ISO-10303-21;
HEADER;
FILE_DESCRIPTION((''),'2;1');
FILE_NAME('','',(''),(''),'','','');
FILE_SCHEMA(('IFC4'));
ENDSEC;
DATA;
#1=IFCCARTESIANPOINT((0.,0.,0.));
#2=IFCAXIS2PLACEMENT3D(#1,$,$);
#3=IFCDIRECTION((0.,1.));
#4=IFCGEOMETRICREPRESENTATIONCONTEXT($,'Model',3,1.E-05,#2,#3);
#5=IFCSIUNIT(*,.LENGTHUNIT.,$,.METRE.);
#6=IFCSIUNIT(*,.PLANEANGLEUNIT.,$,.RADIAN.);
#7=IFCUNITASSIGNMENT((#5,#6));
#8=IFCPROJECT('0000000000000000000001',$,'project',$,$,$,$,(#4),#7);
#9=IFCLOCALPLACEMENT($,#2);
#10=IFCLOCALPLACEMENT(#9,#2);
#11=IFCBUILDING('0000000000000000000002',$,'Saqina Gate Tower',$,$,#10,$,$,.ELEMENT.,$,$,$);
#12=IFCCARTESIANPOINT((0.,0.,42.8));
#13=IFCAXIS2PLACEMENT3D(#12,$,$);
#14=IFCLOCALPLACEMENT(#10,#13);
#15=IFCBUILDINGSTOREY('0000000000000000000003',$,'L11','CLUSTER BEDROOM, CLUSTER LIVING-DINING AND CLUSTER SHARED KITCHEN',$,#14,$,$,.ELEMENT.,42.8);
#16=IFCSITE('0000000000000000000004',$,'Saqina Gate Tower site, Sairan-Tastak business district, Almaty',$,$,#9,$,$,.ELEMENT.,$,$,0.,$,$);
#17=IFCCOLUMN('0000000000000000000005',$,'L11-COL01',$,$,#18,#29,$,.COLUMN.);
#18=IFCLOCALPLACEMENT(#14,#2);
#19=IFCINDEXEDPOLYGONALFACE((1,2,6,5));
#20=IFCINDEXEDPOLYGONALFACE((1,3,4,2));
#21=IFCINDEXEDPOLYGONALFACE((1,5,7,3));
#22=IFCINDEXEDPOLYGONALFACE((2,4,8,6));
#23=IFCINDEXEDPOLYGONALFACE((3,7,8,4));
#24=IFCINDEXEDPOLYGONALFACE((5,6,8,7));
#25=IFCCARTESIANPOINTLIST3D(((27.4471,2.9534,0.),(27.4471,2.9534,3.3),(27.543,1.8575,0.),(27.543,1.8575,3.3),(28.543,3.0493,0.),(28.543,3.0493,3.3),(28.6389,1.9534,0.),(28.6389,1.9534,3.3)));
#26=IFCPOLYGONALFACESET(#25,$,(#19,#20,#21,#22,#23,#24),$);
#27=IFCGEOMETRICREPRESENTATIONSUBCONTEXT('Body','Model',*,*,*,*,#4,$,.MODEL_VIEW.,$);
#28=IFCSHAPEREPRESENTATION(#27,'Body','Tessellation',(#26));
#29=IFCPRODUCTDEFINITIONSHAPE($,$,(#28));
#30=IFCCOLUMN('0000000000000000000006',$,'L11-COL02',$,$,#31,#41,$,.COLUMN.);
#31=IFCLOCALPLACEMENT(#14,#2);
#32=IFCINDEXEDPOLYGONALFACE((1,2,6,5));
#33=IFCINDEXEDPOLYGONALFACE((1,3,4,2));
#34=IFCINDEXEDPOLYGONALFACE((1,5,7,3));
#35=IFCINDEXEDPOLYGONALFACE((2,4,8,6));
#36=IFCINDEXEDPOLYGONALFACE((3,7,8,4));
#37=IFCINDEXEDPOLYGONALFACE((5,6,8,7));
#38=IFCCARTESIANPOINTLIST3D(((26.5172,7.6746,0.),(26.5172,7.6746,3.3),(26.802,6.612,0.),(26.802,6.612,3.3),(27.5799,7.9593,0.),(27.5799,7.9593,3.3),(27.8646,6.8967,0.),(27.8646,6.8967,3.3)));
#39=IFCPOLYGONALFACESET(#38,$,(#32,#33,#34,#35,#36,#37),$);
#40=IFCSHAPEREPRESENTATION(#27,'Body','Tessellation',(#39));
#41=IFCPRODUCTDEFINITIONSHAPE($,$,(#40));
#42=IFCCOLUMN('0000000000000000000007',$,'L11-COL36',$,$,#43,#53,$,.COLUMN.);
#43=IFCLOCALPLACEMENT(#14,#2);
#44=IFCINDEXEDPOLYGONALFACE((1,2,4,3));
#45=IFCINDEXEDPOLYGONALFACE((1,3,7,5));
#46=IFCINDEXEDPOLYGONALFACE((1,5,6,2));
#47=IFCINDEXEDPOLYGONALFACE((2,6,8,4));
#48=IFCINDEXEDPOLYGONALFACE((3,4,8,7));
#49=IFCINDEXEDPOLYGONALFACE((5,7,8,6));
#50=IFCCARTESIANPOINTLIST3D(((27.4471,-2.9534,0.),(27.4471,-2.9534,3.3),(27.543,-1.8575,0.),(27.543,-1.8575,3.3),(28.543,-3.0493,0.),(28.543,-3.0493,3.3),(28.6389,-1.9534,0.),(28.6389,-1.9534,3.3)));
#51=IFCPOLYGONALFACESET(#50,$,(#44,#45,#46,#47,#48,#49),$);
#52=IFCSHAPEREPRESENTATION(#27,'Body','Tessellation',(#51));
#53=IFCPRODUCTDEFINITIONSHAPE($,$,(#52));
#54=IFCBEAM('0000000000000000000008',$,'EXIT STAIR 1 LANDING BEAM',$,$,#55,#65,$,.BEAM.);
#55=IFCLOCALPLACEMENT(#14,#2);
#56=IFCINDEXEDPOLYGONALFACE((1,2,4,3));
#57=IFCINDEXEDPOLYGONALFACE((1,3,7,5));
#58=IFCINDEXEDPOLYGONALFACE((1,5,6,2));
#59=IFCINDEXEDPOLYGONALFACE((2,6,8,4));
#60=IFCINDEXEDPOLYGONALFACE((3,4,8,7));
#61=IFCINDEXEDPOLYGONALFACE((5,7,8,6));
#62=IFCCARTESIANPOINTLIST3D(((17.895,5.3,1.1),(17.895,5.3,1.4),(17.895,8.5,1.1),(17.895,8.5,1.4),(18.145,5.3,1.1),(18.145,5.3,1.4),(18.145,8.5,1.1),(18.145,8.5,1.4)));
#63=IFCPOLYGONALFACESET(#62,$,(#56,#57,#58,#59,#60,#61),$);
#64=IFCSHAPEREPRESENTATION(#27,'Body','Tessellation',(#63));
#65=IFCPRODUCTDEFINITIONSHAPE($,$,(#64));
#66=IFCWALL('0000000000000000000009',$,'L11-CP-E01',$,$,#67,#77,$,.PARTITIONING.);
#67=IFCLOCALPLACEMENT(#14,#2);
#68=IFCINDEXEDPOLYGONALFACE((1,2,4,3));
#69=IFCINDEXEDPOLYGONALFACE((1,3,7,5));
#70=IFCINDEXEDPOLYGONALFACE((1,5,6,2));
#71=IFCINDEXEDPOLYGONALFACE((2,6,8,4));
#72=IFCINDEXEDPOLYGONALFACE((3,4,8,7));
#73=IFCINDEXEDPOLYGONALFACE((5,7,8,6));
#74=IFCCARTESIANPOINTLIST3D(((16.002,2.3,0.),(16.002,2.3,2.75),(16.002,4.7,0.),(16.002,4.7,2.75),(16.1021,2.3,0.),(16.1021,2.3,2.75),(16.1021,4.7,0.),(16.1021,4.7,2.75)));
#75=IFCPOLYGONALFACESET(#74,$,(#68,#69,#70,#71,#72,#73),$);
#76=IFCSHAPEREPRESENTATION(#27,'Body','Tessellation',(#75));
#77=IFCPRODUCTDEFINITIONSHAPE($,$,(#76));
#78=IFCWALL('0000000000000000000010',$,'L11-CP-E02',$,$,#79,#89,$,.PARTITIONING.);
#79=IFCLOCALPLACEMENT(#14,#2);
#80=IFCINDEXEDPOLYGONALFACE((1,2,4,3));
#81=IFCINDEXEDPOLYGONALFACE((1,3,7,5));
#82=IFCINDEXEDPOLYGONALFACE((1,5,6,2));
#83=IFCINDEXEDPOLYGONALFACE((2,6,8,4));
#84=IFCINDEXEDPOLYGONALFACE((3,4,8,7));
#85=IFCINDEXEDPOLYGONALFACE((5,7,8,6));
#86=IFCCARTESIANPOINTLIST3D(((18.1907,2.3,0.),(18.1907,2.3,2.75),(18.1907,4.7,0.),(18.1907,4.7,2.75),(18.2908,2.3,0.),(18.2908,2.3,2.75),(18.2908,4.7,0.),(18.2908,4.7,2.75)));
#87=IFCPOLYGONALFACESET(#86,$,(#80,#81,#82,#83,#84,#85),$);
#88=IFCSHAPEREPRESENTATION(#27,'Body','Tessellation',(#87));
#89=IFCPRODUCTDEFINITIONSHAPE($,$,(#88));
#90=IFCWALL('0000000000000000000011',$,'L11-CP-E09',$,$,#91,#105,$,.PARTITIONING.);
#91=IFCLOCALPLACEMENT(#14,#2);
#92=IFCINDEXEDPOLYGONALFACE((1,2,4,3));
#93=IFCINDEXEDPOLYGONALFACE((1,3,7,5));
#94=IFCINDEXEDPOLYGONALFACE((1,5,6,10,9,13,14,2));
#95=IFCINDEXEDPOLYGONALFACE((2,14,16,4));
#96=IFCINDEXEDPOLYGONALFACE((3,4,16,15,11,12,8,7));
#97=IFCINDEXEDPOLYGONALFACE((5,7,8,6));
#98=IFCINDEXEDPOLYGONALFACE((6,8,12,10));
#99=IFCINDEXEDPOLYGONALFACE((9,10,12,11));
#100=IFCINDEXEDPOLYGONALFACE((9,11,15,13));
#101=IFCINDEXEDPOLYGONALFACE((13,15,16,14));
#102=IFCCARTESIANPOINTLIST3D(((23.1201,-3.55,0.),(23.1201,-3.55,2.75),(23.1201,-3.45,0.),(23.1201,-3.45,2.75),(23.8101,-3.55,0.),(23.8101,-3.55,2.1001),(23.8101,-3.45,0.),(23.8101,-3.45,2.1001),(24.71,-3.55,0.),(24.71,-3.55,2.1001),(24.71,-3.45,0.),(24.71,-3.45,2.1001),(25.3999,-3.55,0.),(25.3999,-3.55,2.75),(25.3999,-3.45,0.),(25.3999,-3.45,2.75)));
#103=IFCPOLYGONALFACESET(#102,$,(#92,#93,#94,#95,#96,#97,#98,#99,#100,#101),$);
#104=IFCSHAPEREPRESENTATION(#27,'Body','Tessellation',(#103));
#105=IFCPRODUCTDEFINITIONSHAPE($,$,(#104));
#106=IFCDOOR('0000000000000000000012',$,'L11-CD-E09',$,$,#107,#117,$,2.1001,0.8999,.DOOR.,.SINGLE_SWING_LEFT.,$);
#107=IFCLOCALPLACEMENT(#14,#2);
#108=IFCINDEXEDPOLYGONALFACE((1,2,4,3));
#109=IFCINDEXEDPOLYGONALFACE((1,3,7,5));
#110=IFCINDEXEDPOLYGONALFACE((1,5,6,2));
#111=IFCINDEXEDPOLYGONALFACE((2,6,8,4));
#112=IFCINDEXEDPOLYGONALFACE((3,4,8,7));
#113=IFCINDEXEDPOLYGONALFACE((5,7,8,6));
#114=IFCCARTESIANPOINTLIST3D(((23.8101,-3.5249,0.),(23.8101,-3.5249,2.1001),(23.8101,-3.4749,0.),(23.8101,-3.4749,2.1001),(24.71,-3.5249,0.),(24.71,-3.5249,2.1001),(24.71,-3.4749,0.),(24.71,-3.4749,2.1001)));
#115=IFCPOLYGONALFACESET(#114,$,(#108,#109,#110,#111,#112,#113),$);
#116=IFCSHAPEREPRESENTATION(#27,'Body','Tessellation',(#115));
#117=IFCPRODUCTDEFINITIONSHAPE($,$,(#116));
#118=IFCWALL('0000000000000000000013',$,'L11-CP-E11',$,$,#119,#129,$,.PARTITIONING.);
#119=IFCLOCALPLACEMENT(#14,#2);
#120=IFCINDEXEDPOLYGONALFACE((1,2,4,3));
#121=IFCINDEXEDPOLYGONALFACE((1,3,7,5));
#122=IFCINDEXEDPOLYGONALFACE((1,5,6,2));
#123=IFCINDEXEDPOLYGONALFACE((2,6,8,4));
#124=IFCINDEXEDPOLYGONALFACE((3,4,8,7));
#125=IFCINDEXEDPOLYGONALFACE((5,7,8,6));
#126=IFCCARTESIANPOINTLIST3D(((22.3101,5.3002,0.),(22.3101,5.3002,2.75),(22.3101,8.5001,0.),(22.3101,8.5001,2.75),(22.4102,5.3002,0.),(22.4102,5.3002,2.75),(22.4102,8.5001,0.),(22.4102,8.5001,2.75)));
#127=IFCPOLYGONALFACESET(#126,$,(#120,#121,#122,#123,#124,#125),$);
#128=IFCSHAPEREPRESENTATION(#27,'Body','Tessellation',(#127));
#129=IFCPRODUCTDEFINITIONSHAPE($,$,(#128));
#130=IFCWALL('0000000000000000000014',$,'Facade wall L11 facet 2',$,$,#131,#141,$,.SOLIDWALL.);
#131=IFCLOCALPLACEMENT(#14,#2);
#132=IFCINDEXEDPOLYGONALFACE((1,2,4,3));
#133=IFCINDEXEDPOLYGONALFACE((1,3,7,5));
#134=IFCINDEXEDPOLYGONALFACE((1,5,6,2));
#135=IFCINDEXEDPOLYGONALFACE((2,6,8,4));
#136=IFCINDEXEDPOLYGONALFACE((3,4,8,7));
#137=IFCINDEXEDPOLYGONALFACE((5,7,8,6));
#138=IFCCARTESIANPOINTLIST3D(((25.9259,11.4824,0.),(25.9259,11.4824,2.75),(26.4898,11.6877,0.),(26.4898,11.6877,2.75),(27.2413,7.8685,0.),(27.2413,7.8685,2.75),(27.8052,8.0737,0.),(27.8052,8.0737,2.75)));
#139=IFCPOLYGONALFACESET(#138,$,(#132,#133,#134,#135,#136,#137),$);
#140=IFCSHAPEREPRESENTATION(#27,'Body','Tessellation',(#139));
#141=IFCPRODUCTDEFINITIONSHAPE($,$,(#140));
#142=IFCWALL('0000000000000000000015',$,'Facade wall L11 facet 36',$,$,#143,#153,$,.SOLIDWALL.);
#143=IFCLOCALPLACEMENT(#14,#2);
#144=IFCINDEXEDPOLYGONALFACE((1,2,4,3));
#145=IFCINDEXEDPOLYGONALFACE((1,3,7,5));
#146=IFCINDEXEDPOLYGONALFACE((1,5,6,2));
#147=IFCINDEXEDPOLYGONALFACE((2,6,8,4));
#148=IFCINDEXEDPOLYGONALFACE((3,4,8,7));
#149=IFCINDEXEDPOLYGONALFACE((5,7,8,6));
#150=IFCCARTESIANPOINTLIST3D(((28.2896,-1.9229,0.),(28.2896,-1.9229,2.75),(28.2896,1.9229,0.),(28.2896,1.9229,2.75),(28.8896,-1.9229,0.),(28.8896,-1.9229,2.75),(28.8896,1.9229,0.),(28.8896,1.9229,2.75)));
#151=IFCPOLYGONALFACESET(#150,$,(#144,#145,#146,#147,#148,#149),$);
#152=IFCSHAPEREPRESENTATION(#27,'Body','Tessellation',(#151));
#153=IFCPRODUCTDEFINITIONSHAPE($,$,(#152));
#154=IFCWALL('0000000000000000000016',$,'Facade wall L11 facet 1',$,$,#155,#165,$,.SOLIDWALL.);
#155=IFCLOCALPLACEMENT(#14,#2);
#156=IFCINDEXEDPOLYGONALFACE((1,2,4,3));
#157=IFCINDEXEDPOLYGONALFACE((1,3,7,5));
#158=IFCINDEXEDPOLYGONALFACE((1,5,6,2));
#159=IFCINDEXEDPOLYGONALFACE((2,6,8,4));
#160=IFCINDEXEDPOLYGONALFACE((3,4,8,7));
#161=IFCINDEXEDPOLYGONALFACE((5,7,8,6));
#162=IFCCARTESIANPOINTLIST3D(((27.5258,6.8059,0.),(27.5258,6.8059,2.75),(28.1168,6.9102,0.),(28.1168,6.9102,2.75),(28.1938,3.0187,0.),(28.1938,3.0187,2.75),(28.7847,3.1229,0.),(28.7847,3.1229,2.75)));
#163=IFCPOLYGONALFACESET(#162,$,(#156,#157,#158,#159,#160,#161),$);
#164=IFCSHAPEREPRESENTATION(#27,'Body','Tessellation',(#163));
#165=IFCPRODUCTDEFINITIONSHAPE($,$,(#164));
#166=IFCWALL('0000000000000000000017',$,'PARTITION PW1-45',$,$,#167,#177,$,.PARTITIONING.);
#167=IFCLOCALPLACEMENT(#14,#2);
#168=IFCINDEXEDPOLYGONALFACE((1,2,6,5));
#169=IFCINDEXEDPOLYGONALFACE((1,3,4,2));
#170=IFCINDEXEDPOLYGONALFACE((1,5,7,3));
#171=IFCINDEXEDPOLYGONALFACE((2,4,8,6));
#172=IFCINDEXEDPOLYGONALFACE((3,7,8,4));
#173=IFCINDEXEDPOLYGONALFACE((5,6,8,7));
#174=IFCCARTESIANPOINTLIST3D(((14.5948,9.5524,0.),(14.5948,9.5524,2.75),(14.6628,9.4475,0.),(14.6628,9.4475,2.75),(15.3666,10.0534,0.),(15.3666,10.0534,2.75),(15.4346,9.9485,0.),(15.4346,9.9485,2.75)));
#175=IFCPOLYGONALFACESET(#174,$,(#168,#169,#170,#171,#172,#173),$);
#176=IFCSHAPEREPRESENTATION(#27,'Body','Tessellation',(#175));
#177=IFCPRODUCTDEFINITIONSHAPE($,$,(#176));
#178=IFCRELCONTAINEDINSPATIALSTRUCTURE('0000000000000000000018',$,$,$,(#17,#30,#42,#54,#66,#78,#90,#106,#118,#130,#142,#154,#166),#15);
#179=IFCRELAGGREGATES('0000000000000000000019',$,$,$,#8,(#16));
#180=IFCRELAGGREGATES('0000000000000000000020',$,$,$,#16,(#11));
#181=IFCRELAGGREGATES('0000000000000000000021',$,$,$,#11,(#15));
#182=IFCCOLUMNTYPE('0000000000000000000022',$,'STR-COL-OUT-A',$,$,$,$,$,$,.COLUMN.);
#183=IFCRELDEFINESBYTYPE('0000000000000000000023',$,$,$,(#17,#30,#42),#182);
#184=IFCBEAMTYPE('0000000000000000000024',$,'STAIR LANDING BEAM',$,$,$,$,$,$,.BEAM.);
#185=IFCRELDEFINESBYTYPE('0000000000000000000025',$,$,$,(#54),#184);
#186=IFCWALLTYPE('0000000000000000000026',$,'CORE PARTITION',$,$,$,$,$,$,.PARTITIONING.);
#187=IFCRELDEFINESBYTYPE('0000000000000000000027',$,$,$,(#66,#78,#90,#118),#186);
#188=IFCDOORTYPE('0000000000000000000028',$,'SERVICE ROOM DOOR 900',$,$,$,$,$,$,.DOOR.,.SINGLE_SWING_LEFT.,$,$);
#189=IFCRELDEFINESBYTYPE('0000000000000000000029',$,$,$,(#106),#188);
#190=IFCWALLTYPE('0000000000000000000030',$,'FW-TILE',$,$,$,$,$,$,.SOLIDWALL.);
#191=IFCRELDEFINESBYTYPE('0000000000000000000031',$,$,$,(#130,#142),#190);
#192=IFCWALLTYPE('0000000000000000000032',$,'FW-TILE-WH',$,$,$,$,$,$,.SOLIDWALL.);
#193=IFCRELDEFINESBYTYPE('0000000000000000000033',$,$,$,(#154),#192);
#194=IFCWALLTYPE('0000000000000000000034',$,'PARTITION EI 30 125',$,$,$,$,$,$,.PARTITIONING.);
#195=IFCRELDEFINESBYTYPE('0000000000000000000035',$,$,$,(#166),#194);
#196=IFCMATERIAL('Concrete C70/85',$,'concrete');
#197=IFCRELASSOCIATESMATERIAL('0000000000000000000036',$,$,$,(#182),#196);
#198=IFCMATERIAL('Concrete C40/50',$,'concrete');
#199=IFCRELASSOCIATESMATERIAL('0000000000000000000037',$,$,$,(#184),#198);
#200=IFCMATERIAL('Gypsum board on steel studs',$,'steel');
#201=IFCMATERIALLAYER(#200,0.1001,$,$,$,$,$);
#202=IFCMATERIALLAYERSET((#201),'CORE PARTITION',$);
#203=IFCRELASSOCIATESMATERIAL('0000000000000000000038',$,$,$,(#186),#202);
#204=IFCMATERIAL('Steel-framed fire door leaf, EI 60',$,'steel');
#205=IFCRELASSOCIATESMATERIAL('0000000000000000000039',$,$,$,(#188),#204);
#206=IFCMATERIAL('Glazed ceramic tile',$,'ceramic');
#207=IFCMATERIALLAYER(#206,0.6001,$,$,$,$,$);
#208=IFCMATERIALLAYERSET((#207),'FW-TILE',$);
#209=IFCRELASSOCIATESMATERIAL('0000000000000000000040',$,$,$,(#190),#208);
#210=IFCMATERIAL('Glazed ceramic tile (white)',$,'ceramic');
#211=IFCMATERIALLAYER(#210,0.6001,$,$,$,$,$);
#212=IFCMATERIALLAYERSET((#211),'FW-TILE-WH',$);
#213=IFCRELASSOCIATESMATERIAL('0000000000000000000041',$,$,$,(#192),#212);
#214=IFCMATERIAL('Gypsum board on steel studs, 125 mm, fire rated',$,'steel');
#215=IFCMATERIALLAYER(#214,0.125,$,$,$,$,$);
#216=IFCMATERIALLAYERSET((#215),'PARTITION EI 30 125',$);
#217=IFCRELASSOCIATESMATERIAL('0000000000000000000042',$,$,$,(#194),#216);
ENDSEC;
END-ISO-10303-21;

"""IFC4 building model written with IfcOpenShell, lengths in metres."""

from ifc_helpers import new_model, si_unit, direction, frame, frame_2d, origin, origin_2d, place, context, subcontext, project, spatial, rectangle, extrude, material, layer, layer_set, material_profile, profile_set, type_object, element, fill, save


model = new_model("IFC4")

# Units and contexts
model_context = context("Model", 3, precision=1e-05, world=origin(), true_north=direction((0.0, 1.0)))
body_context = subcontext(model_context, "Body", "Model", "MODEL_VIEW")
ifc_project = project(units=[si_unit("LENGTHUNIT", "METRE"), si_unit("PLANEANGLEUNIT", "RADIAN")], contexts=[model_context])

# Site, building, storey
site_placement = place(None, origin())
site = spatial("IfcSite", under=ifc_project, at=site_placement, Name="Saqina Gate Tower site, Sairan-Tastak business district, Almaty", CompositionType="ELEMENT", RefElevation=0.0)
building_placement = place(site_placement, origin())
building = spatial("IfcBuilding", under=site, at=building_placement, Name="Saqina Gate Tower", CompositionType="ELEMENT")
storey_placement = place(building_placement, frame((0.0, 0.0, 42.8)))
storey = spatial("IfcBuildingStorey", under=building, at=storey_placement, Name="L11", Description="CLUSTER BEDROOM, CLUSTER LIVING-DINING AND CLUSTER SHARED KITCHEN", CompositionType="ELEMENT", Elevation=42.8)

# Columns
ifc_material_1 = material(Name="Concrete C70/85", Category="concrete")
ifc_material_profile_1 = material_profile(ifc_material_1, rectangle(XDim=1.1001, YDim=1.1001, at=origin_2d()), Name="RC 1100x1100")
ifc_profile_set_1 = profile_set([ifc_material_profile_1], Name="Concrete C70/85")
column_type = type_object("IfcColumnType", Name="STR-COL-OUT-A", PredefinedType="COLUMN", material=ifc_profile_set_1)
for number, where, z_axis, x_axis, name in (
    (1, (28.043, 2.4534, 0.0), (0.0, 0.0, 1.0), (0.996195, 0.087156, 0.0), "L11-COL01"),
    (2, (27.1909, 7.2856, 0.0), (0.0, 0.0, 1.0), (0.965926, 0.258819, 0.0), "L11-COL02"),
    (3, (28.043, -2.4534, 0.0), (0.0, 0.0, 1.0), (0.996195, -0.087156, 0.0), "L11-COL36"),
):
    element("IfcColumn", number, at=place(storey_placement, frame(where, z_axis=z_axis, x_axis=x_axis)), inside=storey, type_object=column_type, Name=name, PredefinedType="COLUMN", context=body_context, shape_type="SweptSolid", body=[
        extrude(rectangle(XDim=1.1001, YDim=1.1001, at=origin_2d()), origin(), (0.0, 0.0, 1.0), 3.3),
    ])

# Beam
ifc_material_2 = material(Name="Concrete C40/50", Category="concrete")
ifc_material_profile_2 = material_profile(ifc_material_2, rectangle(XDim=0.25, YDim=0.3, at=origin_2d()), Name="STAIR LANDING BEAM")
ifc_profile_set_2 = profile_set([ifc_material_profile_2], Name="Concrete C40/50")
beam_type = type_object("IfcBeamType", Name="STAIR LANDING BEAM", PredefinedType="BEAM", material=ifc_profile_set_2)
beam_placement = place(storey_placement, frame((18.02, 5.3, 1.25), z_axis=(0.0, 1.0, 0.0), x_axis=(-1.0, 0.0, 0.0)))
element("IfcBeam", 4, at=beam_placement, inside=storey, type_object=beam_type, Name="EXIT STAIR 1 LANDING BEAM", PredefinedType="BEAM", context=body_context, shape_type="SweptSolid", body=[
    extrude(rectangle(XDim=0.25, YDim=0.3, at=origin_2d()), origin(), (0.0, 0.0, 1.0), 3.2),
])

# Walls
ifc_material_3 = material(Name="Gypsum board on steel studs", Category="steel")
ifc_layer_1 = layer(ifc_material_3, 0.1001)
ifc_layer_set_1 = layer_set([ifc_layer_1], Name="CORE PARTITION")
wall_type_1 = type_object("IfcWallType", Name="CORE PARTITION", PredefinedType="PARTITIONING", material=ifc_layer_set_1)
for number, where, z_axis, x_axis, name in (
    (5, (16.052, 2.3, 0.0), (0.0, 0.0, 1.0), (0.0, 1.0, 0.0), "L11-CP-E01"),
    (6, (18.2407, 2.3, 0.0), (0.0, 0.0, 1.0), (0.0, 1.0, 0.0), "L11-CP-E02"),
):
    element("IfcWall", number, at=place(storey_placement, frame(where, z_axis=z_axis, x_axis=x_axis)), inside=storey, type_object=wall_type_1, Name=name, PredefinedType="PARTITIONING", context=body_context, shape_type="SweptSolid", body=[
        extrude(rectangle(XDim=2.3999, YDim=0.1001, at=frame_2d((1.2, 0.0))), origin(), (0.0, 0.0, 1.0), 2.75),
    ])

# Wall, opening, door
wall_1_placement = place(storey_placement, frame((23.1201, -3.5, 0.0), z_axis=(0.0, 0.0, 1.0), x_axis=(1.0, 0.0, 0.0)))
wall_1 = element("IfcWall", 7, at=wall_1_placement, inside=storey, type_object=wall_type_1, Name="L11-CP-E09", PredefinedType="PARTITIONING", context=body_context, shape_type="SweptSolid", body=[
    extrude(rectangle(XDim=2.2798, YDim=0.1001, at=frame_2d((1.1399, 0.0))), origin(), (0.0, 0.0, 1.0), 2.75),
])
opening_1_placement = place(wall_1_placement, frame((0.6899, 0.0, 0.0)))
opening_1 = element("IfcOpeningElement", 8, at=opening_1_placement, cuts=wall_1, PredefinedType="OPENING", context=body_context, shape_type="SweptSolid", body=[
    extrude(rectangle(XDim=0.8999, YDim=2.1001, at=frame_2d((0.45, 1.05))), frame((0.0, 0.062, 0.0), z_axis=(0.0, -1.0, 0.0), x_axis=(1.0, 0.0, 0.0)), (0.0, 0.0, 1.0), 0.124),
])
ifc_material_4 = material(Name="Steel-framed fire door leaf, EI 60", Category="steel")
door_type_1 = type_object("IfcDoorType", Name="SERVICE ROOM DOOR 900", OperationType="SINGLE_SWING_LEFT", PredefinedType="DOOR", material=ifc_material_4)
door_1_placement = place(opening_1_placement, frame((0.8999, 0.0, 0.0), z_axis=(0.0, 0.0, 1.0), x_axis=(-1.0, 0.0, 0.0)))
door_1 = element("IfcDoor", 9, at=door_1_placement, inside=storey, type_object=door_type_1, Name="L11-CD-E09", OperationType="SINGLE_SWING_LEFT", OverallHeight=2.1001, OverallWidth=0.8999, PredefinedType="DOOR", context=body_context, shape_type="SweptSolid", body=[
    extrude(rectangle(XDim=0.8999, YDim=2.1001, at=frame_2d((0.45, 1.05))), frame((0.0, 0.0249, 0.0), z_axis=(0.0, -1.0, 0.0), x_axis=(1.0, 0.0, 0.0)), (0.0, 0.0, 1.0), 0.05),
])
fill(opening_1, door_1)

# Walls
wall_2_placement = place(storey_placement, frame((22.3601, 5.3, 0.0), z_axis=(0.0, 0.0, 1.0), x_axis=(0.0, 1.0, 0.0)))
element("IfcWall", 10, at=wall_2_placement, inside=storey, type_object=wall_type_1, Name="L11-CP-E11", PredefinedType="PARTITIONING", context=body_context, shape_type="SweptSolid", body=[
    extrude(rectangle(XDim=3.2, YDim=0.1001, at=frame_2d((1.6001, 0.0))), origin(), (0.0, 0.0, 1.0), 2.75),
])
ifc_material_5 = material(Name="Glazed ceramic tile", Category="ceramic")
ifc_layer_2 = layer(ifc_material_5, 0.6001)
ifc_layer_set_2 = layer_set([ifc_layer_2], Name="FW-TILE")
wall_type_2 = type_object("IfcWallType", Name="FW-TILE", PredefinedType="SOLIDWALL", material=ifc_layer_set_2)
wall_3_placement = place(storey_placement, frame((27.5232, 7.9712, 0.0), z_axis=(0.0, 0.0, 1.0), x_axis=(-0.342028, 0.93969, 0.0)))
element("IfcWall", 11, at=wall_3_placement, inside=storey, type_object=wall_type_2, Name="Facade wall L11 facet 2", PredefinedType="SOLIDWALL", context=body_context, shape_type="SweptSolid", body=[
    extrude(rectangle(XDim=3.8459, YDim=0.6001, at=frame_2d((1.9229, 0.0))), origin(), (0.0, 0.0, 1.0), 2.75),
])
wall_4_placement = place(storey_placement, frame((28.5896, -1.9229, 0.0), z_axis=(0.0, 0.0, 1.0), x_axis=(0.0, 1.0, 0.0)))
element("IfcWall", 12, at=wall_4_placement, inside=storey, type_object=wall_type_2, Name="Facade wall L11 facet 36", PredefinedType="SOLIDWALL", context=body_context, shape_type="SweptSolid", body=[
    extrude(rectangle(XDim=3.8457, YDim=0.6001, at=frame_2d((1.9229, 0.0))), origin(), (0.0, 0.0, 1.0), 2.75),
])
ifc_material_6 = material(Name="Glazed ceramic tile (white)", Category="ceramic")
ifc_layer_3 = layer(ifc_material_6, 0.6001)
ifc_layer_set_3 = layer_set([ifc_layer_3], Name="FW-TILE-WH")
wall_type_3 = type_object("IfcWallType", Name="FW-TILE-WH", PredefinedType="SOLIDWALL", material=ifc_layer_set_3)
wall_5_placement = place(storey_placement, frame((28.4893, 3.0708, 0.0), z_axis=(0.0, 0.0, 1.0), x_axis=(-0.173688, 0.984801, 0.0)))
element("IfcWall", 13, at=wall_5_placement, inside=storey, type_object=wall_type_3, Name="Facade wall L11 facet 1", PredefinedType="SOLIDWALL", context=body_context, shape_type="SweptSolid", body=[
    extrude(rectangle(XDim=3.8457, YDim=0.6001, at=frame_2d((1.9229, 0.0))), origin(), (0.0, 0.0, 1.0), 2.75),
])
ifc_material_7 = material(Name="Gypsum board on steel studs, 125 mm, fire rated", Category="steel")
ifc_layer_4 = layer(ifc_material_7, 0.125)
ifc_layer_set_4 = layer_set([ifc_layer_4], Name="PARTITION EI 30 125")
wall_type_4 = type_object("IfcWallType", Name="PARTITION EI 30 125", PredefinedType="PARTITIONING", material=ifc_layer_set_4)
wall_6_placement = place(storey_placement, frame((14.6289, 9.5, 0.0), z_axis=(0.0, 0.0, 1.0), x_axis=(0.838765, 0.544494, 0.0)))
element("IfcWall", 14, at=wall_6_placement, inside=storey, type_object=wall_type_4, Name="PARTITION PW1-45", PredefinedType="PARTITIONING", context=body_context, shape_type="SweptSolid", body=[
    extrude(rectangle(XDim=0.9202, YDim=0.125, at=frame_2d((0.46, 0.0))), origin(), (0.0, 0.0, 1.0), 2.75),
])

save(model, "model.ifc")
